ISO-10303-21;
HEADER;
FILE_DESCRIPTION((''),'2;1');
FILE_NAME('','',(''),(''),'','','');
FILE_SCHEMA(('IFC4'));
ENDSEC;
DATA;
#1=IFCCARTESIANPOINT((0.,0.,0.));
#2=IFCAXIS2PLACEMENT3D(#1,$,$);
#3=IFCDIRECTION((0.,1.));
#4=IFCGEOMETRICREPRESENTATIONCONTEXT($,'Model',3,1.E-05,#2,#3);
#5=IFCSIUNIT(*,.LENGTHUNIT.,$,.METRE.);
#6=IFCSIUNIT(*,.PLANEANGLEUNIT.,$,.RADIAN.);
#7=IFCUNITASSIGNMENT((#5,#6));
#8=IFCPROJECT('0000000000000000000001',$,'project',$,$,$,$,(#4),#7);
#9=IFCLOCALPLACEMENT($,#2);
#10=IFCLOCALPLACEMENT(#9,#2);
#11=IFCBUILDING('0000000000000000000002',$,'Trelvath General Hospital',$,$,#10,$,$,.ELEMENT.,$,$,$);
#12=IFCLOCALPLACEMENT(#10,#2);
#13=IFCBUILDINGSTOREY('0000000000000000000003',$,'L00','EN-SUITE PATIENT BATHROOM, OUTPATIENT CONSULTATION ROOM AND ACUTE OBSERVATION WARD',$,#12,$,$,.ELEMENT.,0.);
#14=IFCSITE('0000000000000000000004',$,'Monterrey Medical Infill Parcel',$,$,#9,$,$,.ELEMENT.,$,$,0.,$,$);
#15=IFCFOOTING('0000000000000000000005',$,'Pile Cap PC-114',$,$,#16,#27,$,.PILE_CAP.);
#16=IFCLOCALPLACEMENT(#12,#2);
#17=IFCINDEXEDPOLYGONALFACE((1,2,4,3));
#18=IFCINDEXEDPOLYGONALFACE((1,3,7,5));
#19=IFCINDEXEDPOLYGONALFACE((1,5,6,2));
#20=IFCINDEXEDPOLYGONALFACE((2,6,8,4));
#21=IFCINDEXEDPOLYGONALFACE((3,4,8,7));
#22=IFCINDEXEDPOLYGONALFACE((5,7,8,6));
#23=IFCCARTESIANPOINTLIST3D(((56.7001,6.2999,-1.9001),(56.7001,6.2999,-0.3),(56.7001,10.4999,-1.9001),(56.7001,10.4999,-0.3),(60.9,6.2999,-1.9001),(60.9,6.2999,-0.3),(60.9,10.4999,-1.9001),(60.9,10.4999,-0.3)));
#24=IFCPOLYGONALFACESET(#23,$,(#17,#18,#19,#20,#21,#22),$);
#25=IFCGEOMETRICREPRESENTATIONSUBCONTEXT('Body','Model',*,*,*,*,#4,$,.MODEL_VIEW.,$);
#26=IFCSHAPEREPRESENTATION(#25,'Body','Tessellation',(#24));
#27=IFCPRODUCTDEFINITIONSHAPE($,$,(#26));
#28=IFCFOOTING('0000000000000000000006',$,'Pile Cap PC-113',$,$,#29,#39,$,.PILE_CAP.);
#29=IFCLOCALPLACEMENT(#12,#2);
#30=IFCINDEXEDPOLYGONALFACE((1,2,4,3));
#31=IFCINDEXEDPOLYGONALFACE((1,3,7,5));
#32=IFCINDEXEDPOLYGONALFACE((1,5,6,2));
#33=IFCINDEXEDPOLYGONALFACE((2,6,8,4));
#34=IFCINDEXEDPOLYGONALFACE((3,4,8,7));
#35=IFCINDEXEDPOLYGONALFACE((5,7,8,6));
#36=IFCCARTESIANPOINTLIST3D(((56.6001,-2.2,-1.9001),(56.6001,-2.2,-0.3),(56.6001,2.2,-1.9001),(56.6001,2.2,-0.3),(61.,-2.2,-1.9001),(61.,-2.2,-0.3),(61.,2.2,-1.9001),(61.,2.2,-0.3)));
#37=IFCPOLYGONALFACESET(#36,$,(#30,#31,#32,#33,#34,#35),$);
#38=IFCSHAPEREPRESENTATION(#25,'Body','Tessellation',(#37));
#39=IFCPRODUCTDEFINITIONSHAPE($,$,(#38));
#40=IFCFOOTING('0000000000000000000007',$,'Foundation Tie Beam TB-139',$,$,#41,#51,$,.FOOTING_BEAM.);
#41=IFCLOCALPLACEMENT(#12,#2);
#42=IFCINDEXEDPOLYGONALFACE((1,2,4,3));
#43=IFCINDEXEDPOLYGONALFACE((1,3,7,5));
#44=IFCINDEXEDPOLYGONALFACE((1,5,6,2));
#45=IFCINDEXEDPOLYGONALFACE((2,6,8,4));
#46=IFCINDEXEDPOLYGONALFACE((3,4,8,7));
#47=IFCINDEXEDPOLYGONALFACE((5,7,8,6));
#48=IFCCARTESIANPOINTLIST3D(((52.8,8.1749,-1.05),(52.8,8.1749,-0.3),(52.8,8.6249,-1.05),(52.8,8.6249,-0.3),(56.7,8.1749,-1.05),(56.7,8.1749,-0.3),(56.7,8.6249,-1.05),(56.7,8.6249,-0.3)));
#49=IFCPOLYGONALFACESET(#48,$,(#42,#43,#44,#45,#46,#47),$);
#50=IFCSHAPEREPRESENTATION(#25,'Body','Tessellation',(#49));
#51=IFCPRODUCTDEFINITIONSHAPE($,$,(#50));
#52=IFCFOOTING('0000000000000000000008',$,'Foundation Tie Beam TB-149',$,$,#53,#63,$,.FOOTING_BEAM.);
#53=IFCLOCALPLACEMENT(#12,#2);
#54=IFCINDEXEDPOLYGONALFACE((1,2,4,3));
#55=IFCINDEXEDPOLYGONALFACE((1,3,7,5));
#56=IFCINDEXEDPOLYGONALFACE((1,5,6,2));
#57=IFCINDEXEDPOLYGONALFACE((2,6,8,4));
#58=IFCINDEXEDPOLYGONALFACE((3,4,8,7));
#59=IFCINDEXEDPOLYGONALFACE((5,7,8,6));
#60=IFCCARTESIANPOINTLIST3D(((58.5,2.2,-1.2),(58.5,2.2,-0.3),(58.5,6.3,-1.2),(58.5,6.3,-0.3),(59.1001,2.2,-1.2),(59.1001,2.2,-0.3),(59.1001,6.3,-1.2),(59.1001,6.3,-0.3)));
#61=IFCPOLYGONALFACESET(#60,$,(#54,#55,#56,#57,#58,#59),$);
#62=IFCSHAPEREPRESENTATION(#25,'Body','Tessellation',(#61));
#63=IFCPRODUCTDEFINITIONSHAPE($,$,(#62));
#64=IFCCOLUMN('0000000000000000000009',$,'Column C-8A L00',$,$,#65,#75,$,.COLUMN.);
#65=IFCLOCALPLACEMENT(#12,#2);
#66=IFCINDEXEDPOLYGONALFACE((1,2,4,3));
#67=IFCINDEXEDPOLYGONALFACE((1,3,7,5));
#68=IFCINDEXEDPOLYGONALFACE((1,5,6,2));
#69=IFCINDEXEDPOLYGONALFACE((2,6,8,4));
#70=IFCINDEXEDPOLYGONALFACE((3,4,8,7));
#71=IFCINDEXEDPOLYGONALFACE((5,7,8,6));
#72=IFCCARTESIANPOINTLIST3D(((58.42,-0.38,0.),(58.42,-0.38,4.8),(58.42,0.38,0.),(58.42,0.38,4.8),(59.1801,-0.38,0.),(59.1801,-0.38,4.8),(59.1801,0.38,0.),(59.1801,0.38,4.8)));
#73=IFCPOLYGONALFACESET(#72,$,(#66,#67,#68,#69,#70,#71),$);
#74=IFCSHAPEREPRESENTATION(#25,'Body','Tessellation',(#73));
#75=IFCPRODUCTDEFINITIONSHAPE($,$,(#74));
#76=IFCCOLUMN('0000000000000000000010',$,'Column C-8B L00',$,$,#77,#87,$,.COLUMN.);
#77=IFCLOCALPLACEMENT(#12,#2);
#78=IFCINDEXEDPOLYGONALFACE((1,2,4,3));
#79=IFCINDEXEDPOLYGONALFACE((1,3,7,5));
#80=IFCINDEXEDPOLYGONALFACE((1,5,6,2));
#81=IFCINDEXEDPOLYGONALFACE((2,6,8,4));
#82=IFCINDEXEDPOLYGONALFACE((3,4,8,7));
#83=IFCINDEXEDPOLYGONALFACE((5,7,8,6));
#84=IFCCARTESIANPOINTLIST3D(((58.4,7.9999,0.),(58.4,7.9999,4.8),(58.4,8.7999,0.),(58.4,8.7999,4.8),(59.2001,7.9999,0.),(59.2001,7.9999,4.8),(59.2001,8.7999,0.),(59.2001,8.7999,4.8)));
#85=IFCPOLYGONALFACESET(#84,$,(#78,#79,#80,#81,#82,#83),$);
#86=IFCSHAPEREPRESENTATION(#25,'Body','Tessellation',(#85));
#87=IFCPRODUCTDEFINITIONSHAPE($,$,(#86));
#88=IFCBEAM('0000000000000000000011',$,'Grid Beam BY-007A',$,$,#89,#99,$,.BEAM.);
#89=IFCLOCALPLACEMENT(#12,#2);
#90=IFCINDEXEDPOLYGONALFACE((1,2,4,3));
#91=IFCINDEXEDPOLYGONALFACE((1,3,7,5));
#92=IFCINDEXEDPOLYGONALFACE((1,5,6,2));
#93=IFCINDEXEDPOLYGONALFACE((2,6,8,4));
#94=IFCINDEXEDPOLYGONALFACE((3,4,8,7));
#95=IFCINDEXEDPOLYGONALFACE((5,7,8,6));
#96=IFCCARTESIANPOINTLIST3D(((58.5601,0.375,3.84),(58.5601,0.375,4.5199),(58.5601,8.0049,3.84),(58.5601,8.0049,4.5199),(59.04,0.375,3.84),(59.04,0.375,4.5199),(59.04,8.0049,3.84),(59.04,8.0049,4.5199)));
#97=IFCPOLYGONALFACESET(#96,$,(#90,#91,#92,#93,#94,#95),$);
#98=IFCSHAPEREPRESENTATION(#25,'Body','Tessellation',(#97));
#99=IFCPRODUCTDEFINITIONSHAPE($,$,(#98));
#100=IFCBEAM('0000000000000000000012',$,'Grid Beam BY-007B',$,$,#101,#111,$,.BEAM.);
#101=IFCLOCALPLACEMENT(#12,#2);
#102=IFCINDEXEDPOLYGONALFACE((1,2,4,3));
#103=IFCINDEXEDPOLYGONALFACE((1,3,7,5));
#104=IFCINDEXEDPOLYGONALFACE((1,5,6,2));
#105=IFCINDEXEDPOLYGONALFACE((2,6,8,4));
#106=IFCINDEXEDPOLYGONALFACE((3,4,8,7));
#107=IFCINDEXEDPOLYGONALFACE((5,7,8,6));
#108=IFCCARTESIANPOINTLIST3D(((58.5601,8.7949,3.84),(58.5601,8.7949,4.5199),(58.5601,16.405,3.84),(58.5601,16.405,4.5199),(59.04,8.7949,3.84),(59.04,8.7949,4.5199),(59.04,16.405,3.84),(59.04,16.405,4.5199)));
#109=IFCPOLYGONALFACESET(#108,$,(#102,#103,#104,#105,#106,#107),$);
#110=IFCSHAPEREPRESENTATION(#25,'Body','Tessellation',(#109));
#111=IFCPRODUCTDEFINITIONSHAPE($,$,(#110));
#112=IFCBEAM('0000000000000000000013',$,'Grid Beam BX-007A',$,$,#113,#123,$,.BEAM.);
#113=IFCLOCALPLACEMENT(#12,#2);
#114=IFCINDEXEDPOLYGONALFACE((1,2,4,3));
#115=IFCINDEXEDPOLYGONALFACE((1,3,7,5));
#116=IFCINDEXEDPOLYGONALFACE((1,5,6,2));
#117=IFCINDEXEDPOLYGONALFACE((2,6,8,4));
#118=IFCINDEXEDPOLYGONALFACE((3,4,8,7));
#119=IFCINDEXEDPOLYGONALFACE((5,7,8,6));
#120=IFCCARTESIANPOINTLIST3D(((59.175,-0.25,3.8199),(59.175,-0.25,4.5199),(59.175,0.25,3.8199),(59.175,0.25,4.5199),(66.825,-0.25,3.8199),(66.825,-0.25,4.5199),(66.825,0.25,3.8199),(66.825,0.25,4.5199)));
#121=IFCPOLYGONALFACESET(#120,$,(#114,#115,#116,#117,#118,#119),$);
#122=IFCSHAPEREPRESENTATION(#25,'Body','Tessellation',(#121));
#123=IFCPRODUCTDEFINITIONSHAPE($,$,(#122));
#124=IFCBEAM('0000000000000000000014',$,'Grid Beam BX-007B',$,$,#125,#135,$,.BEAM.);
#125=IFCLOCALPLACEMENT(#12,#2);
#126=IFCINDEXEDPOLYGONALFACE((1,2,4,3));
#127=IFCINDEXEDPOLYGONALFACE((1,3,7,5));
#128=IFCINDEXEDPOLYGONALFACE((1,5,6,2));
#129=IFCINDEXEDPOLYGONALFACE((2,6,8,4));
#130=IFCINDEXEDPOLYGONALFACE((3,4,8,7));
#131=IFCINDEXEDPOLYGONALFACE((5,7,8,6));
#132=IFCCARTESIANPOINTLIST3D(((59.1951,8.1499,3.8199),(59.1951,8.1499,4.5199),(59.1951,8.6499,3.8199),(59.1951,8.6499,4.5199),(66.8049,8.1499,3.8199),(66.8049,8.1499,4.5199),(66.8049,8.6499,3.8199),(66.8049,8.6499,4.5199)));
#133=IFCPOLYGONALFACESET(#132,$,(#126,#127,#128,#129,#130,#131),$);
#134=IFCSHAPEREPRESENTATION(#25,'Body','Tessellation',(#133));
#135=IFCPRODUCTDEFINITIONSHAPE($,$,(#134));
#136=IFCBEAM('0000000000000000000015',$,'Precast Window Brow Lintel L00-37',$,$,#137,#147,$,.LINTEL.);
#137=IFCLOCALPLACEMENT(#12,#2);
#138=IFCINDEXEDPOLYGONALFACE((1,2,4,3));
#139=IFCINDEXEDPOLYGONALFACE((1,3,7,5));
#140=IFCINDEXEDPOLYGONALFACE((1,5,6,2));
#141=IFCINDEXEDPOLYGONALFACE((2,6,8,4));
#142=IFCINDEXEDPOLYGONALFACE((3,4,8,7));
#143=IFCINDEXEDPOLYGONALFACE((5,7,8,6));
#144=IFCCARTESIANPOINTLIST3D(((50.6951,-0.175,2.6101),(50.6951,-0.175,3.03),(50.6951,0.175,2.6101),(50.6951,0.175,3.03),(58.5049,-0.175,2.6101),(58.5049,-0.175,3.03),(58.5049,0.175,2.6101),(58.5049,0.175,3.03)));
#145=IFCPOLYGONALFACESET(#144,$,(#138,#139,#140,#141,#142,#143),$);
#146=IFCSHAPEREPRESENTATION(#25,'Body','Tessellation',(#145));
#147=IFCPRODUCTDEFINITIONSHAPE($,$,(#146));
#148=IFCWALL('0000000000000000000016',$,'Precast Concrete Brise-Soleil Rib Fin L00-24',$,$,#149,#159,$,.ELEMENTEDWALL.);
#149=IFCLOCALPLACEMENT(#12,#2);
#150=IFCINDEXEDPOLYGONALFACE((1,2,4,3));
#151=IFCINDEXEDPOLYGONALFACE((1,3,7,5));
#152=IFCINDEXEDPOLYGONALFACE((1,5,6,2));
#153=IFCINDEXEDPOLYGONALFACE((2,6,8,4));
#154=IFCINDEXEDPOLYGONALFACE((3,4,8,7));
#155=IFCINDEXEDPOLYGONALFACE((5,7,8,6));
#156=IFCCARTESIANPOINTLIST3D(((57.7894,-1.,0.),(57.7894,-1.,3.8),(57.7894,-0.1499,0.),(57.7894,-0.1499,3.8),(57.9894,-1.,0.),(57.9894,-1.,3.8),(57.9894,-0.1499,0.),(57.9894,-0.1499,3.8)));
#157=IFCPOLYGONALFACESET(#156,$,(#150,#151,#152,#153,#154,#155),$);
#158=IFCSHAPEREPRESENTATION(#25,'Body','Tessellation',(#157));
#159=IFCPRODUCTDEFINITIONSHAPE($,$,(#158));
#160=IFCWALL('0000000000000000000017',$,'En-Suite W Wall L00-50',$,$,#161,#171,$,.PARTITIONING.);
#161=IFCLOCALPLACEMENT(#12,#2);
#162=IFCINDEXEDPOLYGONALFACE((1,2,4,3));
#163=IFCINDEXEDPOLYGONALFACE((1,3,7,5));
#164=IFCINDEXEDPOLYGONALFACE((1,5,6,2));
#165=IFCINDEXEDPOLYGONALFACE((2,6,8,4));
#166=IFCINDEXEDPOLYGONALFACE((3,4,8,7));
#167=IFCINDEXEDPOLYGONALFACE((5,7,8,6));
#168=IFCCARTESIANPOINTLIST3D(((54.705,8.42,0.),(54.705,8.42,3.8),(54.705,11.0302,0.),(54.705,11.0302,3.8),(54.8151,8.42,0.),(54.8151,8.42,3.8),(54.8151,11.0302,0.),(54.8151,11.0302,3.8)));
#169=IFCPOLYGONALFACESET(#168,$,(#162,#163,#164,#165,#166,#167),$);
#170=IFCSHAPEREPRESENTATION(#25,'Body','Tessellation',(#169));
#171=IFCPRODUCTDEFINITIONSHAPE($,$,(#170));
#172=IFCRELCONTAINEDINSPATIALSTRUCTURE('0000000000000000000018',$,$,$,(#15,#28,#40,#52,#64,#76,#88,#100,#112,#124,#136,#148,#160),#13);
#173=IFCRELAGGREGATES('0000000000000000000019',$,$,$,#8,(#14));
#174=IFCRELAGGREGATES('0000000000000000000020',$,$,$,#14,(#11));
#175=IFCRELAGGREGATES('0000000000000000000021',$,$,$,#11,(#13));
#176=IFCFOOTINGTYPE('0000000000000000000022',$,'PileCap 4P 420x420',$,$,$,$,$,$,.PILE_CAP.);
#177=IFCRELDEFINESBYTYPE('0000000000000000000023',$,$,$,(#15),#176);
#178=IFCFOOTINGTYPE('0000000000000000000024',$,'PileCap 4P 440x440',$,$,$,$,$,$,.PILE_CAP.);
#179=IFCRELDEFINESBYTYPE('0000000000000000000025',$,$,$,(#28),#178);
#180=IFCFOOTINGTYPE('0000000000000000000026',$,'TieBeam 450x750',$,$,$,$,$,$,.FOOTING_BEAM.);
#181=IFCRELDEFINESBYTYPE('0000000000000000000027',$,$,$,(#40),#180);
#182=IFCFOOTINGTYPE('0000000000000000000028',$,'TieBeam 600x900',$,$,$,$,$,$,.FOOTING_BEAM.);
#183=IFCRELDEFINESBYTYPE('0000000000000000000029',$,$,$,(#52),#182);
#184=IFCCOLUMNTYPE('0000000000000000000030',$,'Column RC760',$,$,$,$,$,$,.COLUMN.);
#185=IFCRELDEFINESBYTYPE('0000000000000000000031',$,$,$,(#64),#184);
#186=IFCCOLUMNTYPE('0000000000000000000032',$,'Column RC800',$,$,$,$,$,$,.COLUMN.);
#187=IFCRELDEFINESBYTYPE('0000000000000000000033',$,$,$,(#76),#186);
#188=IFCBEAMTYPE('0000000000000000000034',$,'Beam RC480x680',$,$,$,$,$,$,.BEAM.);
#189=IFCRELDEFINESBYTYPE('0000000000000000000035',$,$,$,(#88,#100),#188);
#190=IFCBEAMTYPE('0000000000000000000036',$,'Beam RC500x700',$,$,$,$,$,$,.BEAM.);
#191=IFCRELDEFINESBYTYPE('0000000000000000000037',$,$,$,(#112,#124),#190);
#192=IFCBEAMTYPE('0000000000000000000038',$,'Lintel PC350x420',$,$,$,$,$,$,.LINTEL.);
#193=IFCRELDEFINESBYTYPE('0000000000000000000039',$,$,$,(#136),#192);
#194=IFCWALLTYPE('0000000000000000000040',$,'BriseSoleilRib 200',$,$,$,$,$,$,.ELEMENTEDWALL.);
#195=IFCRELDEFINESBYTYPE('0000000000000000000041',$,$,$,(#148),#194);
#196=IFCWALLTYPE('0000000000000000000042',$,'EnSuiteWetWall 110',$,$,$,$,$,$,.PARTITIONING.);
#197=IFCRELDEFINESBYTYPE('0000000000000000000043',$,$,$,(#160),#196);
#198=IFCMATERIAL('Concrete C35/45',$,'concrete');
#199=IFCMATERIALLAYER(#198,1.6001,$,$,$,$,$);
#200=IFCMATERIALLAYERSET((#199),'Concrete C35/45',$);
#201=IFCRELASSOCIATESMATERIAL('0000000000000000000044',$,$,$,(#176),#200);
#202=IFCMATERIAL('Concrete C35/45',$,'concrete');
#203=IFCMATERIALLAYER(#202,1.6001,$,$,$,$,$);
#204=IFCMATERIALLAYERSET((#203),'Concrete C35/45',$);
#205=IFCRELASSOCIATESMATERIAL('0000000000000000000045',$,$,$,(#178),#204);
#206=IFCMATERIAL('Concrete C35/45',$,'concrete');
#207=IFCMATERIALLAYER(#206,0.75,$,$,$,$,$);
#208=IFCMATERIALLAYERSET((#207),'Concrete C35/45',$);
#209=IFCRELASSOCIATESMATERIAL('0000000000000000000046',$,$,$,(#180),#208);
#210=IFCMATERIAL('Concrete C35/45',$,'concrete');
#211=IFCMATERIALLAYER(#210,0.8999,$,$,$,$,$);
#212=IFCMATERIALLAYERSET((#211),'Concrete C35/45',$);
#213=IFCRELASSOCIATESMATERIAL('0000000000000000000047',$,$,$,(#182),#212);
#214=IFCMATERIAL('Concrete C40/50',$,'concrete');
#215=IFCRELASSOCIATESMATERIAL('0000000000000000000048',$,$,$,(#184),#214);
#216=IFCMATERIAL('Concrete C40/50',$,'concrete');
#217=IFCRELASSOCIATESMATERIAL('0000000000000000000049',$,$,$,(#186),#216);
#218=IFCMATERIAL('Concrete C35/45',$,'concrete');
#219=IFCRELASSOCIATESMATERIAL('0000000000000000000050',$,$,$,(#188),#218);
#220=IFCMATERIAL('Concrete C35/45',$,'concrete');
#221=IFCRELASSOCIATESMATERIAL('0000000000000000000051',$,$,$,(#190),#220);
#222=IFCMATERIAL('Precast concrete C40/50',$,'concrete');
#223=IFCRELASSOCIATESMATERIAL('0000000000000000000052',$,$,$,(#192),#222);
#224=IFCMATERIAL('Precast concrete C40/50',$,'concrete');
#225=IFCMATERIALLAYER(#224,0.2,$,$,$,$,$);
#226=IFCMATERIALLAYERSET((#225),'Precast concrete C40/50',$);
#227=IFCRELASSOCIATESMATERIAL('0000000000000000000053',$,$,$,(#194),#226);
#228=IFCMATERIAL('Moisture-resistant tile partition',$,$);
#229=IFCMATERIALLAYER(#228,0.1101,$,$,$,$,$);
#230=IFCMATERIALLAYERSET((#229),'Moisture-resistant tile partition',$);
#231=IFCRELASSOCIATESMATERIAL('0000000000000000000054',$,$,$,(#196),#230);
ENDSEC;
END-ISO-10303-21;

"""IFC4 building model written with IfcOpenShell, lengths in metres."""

from ifc_helpers import new_model, si_unit, direction, frame, frame_2d, origin, origin_2d, place, context, subcontext, project, spatial, rectangle, extrude, material, layer, layer_set, material_profile, profile_set, type_object, element, save


model = new_model("IFC4")

# Units and contexts
model_context = context("Model", 3, precision=1e-05, world=origin(), true_north=direction((0.0, 1.0)))
body_context = subcontext(model_context, "Body", "Model", "MODEL_VIEW")
ifc_project = project(units=[si_unit("LENGTHUNIT", "METRE"), si_unit("PLANEANGLEUNIT", "RADIAN")], contexts=[model_context])

# Site, building, storey
site_placement = place(None, origin())
site = spatial("IfcSite", under=ifc_project, at=site_placement, Name="Monterrey Medical Infill Parcel", CompositionType="ELEMENT", RefElevation=0.0)
building_placement = place(site_placement, origin())
building = spatial("IfcBuilding", under=site, at=building_placement, Name="Trelvath General Hospital", CompositionType="ELEMENT")
storey_placement = place(building_placement, origin())
storey = spatial("IfcBuildingStorey", under=building, at=storey_placement, Name="L00", Description="EN-SUITE PATIENT BATHROOM, OUTPATIENT CONSULTATION ROOM AND ACUTE OBSERVATION WARD", CompositionType="ELEMENT", Elevation=0.0)

# Footings
ifc_material_1 = material(Name="Concrete C35/45", Category="concrete")
ifc_layer_1 = layer(ifc_material_1, 1.6001)
ifc_layer_set_1 = layer_set([ifc_layer_1], Name="Concrete C35/45")
footing_type_1 = type_object("IfcFootingType", Name="PileCap 4P 420x420", PredefinedType="PILE_CAP", material=ifc_layer_set_1)
footing_1_placement = place(storey_placement, frame((58.8, 8.3999, -1.9001), z_axis=(0.0, 0.0, 1.0), x_axis=(1.0, 0.0, 0.0)))
element("IfcFooting", 1, at=footing_1_placement, inside=storey, type_object=footing_type_1, Name="Pile Cap PC-114", PredefinedType="PILE_CAP", context=body_context, shape_type="SweptSolid", body=[
    extrude(rectangle(XDim=4.2, YDim=4.2, at=origin_2d()), origin(), (0.0, 0.0, 1.0), 1.6001),
])
ifc_material_2 = material(Name="Concrete C35/45", Category="concrete")
ifc_layer_2 = layer(ifc_material_2, 1.6001)
ifc_layer_set_2 = layer_set([ifc_layer_2], Name="Concrete C35/45")
footing_type_2 = type_object("IfcFootingType", Name="PileCap 4P 440x440", PredefinedType="PILE_CAP", material=ifc_layer_set_2)
footing_2_placement = place(storey_placement, frame((58.8, 0.0, -1.9001), z_axis=(0.0, 0.0, 1.0), x_axis=(1.0, 0.0, 0.0)))
element("IfcFooting", 2, at=footing_2_placement, inside=storey, type_object=footing_type_2, Name="Pile Cap PC-113", PredefinedType="PILE_CAP", context=body_context, shape_type="SweptSolid", body=[
    extrude(rectangle(XDim=4.3999, YDim=4.3999, at=origin_2d()), origin(), (0.0, 0.0, 1.0), 1.6001),
])
ifc_material_3 = material(Name="Concrete C35/45", Category="concrete")
ifc_layer_3 = layer(ifc_material_3, 0.75)
ifc_layer_set_3 = layer_set([ifc_layer_3], Name="Concrete C35/45")
footing_type_3 = type_object("IfcFootingType", Name="TieBeam 450x750", PredefinedType="FOOTING_BEAM", material=ifc_layer_set_3)
footing_3_placement = place(storey_placement, frame((54.75, 8.3999, -1.05), z_axis=(0.0, 0.0, 1.0), x_axis=(1.0, 0.0, 0.0)))
element("IfcFooting", 3, at=footing_3_placement, inside=storey, type_object=footing_type_3, Name="Foundation Tie Beam TB-139", PredefinedType="FOOTING_BEAM", context=body_context, shape_type="SweptSolid", body=[
    extrude(rectangle(XDim=3.8999, YDim=0.45, at=origin_2d()), origin(), (0.0, 0.0, 1.0), 0.75),
])
ifc_material_4 = material(Name="Concrete C35/45", Category="concrete")
ifc_layer_4 = layer(ifc_material_4, 0.8999)
ifc_layer_set_4 = layer_set([ifc_layer_4], Name="Concrete C35/45")
footing_type_4 = type_object("IfcFootingType", Name="TieBeam 600x900", PredefinedType="FOOTING_BEAM", material=ifc_layer_set_4)
footing_4_placement = place(storey_placement, frame((58.8, 4.25, -1.2), z_axis=(0.0, 0.0, 1.0), x_axis=(1.0, 0.0, 0.0)))
element("IfcFooting", 4, at=footing_4_placement, inside=storey, type_object=footing_type_4, Name="Foundation Tie Beam TB-149", PredefinedType="FOOTING_BEAM", context=body_context, shape_type="SweptSolid", body=[
    extrude(rectangle(XDim=0.6001, YDim=4.1001, at=origin_2d()), origin(), (0.0, 0.0, 1.0), 0.8999),
])

# Columns
ifc_material_5 = material(Name="Concrete C40/50", Category="concrete")
ifc_material_profile_1 = material_profile(ifc_material_5, rectangle(XDim=0.76, YDim=0.76, at=origin_2d()), Name="RC760x760")
ifc_profile_set_1 = profile_set([ifc_material_profile_1], Name="Concrete C40/50")
column_type_1 = type_object("IfcColumnType", Name="Column RC760", PredefinedType="COLUMN", material=ifc_profile_set_1)
column_1_placement = place(storey_placement, frame((58.8, 0.0, 0.0), z_axis=(0.0, 0.0, 1.0), x_axis=(1.0, 0.0, 0.0)))
element("IfcColumn", 5, at=column_1_placement, inside=storey, type_object=column_type_1, Name="Column C-8A L00", PredefinedType="COLUMN", context=body_context, shape_type="SweptSolid", body=[
    extrude(rectangle(XDim=0.76, YDim=0.76, at=origin_2d()), origin(), (0.0, 0.0, 1.0), 4.8),
])
ifc_material_6 = material(Name="Concrete C40/50", Category="concrete")
ifc_material_profile_2 = material_profile(ifc_material_6, rectangle(XDim=0.8, YDim=0.8, at=origin_2d()), Name="RC800x800")
ifc_profile_set_2 = profile_set([ifc_material_profile_2], Name="Concrete C40/50")
column_type_2 = type_object("IfcColumnType", Name="Column RC800", PredefinedType="COLUMN", material=ifc_profile_set_2)
column_2_placement = place(storey_placement, frame((58.8, 8.3999, 0.0), z_axis=(0.0, 0.0, 1.0), x_axis=(1.0, 0.0, 0.0)))
element("IfcColumn", 6, at=column_2_placement, inside=storey, type_object=column_type_2, Name="Column C-8B L00", PredefinedType="COLUMN", context=body_context, shape_type="SweptSolid", body=[
    extrude(rectangle(XDim=0.8, YDim=0.8, at=origin_2d()), origin(), (0.0, 0.0, 1.0), 4.8),
])

# Beams
ifc_material_7 = material(Name="Concrete C35/45", Category="concrete")
ifc_material_profile_3 = material_profile(ifc_material_7, rectangle(XDim=0.48, YDim=0.6799, at=origin_2d()), Name="RCB480x680")
ifc_profile_set_3 = profile_set([ifc_material_profile_3], Name="Concrete C35/45")
beam_type_1 = type_object("IfcBeamType", Name="Beam RC480x680", PredefinedType="BEAM", material=ifc_profile_set_3)
beam_1_placement = place(storey_placement, frame((58.8, 0.375, 4.1799), z_axis=(0.0, 1.0, 0.0), x_axis=(-1.0, 0.0, 0.0)))
element("IfcBeam", 7, at=beam_1_placement, inside=storey, type_object=beam_type_1, Name="Grid Beam BY-007A", PredefinedType="BEAM", context=body_context, shape_type="SweptSolid", body=[
    extrude(rectangle(XDim=0.48, YDim=0.6799, at=origin_2d()), origin(), (0.0, 0.0, 1.0), 7.6299),
])
beam_2_placement = place(storey_placement, frame((58.8, 8.7949, 4.1799), z_axis=(0.0, 1.0, 0.0), x_axis=(-1.0, 0.0, 0.0)))
element("IfcBeam", 8, at=beam_2_placement, inside=storey, type_object=beam_type_1, Name="Grid Beam BY-007B", PredefinedType="BEAM", context=body_context, shape_type="SweptSolid", body=[
    extrude(rectangle(XDim=0.48, YDim=0.6799, at=origin_2d()), origin(), (0.0, 0.0, 1.0), 7.6101),
])
ifc_material_8 = material(Name="Concrete C35/45", Category="concrete")
ifc_material_profile_4 = material_profile(ifc_material_8, rectangle(XDim=0.5, YDim=0.7, at=origin_2d()), Name="RCB500x700")
ifc_profile_set_4 = profile_set([ifc_material_profile_4], Name="Concrete C35/45")
beam_type_2 = type_object("IfcBeamType", Name="Beam RC500x700", PredefinedType="BEAM", material=ifc_profile_set_4)
beam_3_placement = place(storey_placement, frame((59.175, 0.0, 4.1699), z_axis=(1.0, 0.0, 0.0), x_axis=(0.0, 1.0, 0.0)))
element("IfcBeam", 9, at=beam_3_placement, inside=storey, type_object=beam_type_2, Name="Grid Beam BX-007A", PredefinedType="BEAM", context=body_context, shape_type="SweptSolid", body=[
    extrude(rectangle(XDim=0.5, YDim=0.7, at=origin_2d()), origin(), (0.0, 0.0, 1.0), 7.6499),
])
beam_4_placement = place(storey_placement, frame((59.1951, 8.3999, 4.1699), z_axis=(1.0, 0.0, 0.0), x_axis=(0.0, 1.0, 0.0)))
element("IfcBeam", 10, at=beam_4_placement, inside=storey, type_object=beam_type_2, Name="Grid Beam BX-007B", PredefinedType="BEAM", context=body_context, shape_type="SweptSolid", body=[
    extrude(rectangle(XDim=0.5, YDim=0.7, at=origin_2d()), origin(), (0.0, 0.0, 1.0), 7.6099),
])
ifc_material_9 = material(Name="Precast concrete C40/50", Category="concrete")
ifc_material_profile_5 = material_profile(ifc_material_9, rectangle(XDim=0.3501, YDim=0.4199, at=origin_2d()), Name="PCL350x420")
ifc_profile_set_5 = profile_set([ifc_material_profile_5], Name="Precast concrete C40/50")
beam_type_3 = type_object("IfcBeamType", Name="Lintel PC350x420", PredefinedType="LINTEL", material=ifc_profile_set_5)
beam_5_placement = place(storey_placement, frame((58.5049, 0.0, 2.8201), z_axis=(-1.0, 0.0, 0.0), x_axis=(0.0, -1.0, 0.0)))
element("IfcBeam", 11, at=beam_5_placement, inside=storey, type_object=beam_type_3, Name="Precast Window Brow Lintel L00-37", PredefinedType="LINTEL", context=body_context, shape_type="SweptSolid", body=[
    extrude(rectangle(XDim=0.3501, YDim=0.4199, at=origin_2d()), origin(), (0.0, 0.0, 1.0), 7.8098),
])

# Walls
ifc_material_10 = material(Name="Precast concrete C40/50", Category="concrete")
ifc_layer_5 = layer(ifc_material_10, 0.2)
ifc_layer_set_5 = layer_set([ifc_layer_5], Name="Precast concrete C40/50")
wall_type_1 = type_object("IfcWallType", Name="BriseSoleilRib 200", PredefinedType="ELEMENTEDWALL", material=ifc_layer_set_5)
wall_1_placement = place(storey_placement, frame((57.8894, -0.1499, 0.0), z_axis=(0.0, 0.0, 1.0), x_axis=(0.0, -1.0, 0.0)))
element("IfcWall", 12, at=wall_1_placement, inside=storey, type_object=wall_type_1, Name="Precast Concrete Brise-Soleil Rib Fin L00-24", PredefinedType="ELEMENTEDWALL", context=body_context, shape_type="SweptSolid", body=[
    extrude(rectangle(XDim=0.8501, YDim=0.2, at=frame_2d((0.425, 0.0))), origin(), (0.0, 0.0, 1.0), 3.8),
])
ifc_material_11 = material(Name="Moisture-resistant tile partition")
ifc_layer_6 = layer(ifc_material_11, 0.1101)
ifc_layer_set_6 = layer_set([ifc_layer_6], Name="Moisture-resistant tile partition")
wall_type_2 = type_object("IfcWallType", Name="EnSuiteWetWall 110", PredefinedType="PARTITIONING", material=ifc_layer_set_6)
for number, where, z_axis, x_axis, name in (
    (13, (54.76, 8.4199, 0.0), (0.0, 0.0, 1.0), (0.0, 1.0, 0.0), "En-Suite W Wall L00-50"),
):
    element("IfcWall", number, at=place(storey_placement, frame(where, z_axis=z_axis, x_axis=x_axis)), inside=storey, type_object=wall_type_2, Name=name, PredefinedType="PARTITIONING", context=body_context, shape_type="SweptSolid", body=[
        extrude(rectangle(XDim=2.6101, YDim=0.1101, at=frame_2d((1.3052, 0.0))), origin(), (0.0, 0.0, 1.0), 3.8),
    ])

save(model, "model.ifc")
